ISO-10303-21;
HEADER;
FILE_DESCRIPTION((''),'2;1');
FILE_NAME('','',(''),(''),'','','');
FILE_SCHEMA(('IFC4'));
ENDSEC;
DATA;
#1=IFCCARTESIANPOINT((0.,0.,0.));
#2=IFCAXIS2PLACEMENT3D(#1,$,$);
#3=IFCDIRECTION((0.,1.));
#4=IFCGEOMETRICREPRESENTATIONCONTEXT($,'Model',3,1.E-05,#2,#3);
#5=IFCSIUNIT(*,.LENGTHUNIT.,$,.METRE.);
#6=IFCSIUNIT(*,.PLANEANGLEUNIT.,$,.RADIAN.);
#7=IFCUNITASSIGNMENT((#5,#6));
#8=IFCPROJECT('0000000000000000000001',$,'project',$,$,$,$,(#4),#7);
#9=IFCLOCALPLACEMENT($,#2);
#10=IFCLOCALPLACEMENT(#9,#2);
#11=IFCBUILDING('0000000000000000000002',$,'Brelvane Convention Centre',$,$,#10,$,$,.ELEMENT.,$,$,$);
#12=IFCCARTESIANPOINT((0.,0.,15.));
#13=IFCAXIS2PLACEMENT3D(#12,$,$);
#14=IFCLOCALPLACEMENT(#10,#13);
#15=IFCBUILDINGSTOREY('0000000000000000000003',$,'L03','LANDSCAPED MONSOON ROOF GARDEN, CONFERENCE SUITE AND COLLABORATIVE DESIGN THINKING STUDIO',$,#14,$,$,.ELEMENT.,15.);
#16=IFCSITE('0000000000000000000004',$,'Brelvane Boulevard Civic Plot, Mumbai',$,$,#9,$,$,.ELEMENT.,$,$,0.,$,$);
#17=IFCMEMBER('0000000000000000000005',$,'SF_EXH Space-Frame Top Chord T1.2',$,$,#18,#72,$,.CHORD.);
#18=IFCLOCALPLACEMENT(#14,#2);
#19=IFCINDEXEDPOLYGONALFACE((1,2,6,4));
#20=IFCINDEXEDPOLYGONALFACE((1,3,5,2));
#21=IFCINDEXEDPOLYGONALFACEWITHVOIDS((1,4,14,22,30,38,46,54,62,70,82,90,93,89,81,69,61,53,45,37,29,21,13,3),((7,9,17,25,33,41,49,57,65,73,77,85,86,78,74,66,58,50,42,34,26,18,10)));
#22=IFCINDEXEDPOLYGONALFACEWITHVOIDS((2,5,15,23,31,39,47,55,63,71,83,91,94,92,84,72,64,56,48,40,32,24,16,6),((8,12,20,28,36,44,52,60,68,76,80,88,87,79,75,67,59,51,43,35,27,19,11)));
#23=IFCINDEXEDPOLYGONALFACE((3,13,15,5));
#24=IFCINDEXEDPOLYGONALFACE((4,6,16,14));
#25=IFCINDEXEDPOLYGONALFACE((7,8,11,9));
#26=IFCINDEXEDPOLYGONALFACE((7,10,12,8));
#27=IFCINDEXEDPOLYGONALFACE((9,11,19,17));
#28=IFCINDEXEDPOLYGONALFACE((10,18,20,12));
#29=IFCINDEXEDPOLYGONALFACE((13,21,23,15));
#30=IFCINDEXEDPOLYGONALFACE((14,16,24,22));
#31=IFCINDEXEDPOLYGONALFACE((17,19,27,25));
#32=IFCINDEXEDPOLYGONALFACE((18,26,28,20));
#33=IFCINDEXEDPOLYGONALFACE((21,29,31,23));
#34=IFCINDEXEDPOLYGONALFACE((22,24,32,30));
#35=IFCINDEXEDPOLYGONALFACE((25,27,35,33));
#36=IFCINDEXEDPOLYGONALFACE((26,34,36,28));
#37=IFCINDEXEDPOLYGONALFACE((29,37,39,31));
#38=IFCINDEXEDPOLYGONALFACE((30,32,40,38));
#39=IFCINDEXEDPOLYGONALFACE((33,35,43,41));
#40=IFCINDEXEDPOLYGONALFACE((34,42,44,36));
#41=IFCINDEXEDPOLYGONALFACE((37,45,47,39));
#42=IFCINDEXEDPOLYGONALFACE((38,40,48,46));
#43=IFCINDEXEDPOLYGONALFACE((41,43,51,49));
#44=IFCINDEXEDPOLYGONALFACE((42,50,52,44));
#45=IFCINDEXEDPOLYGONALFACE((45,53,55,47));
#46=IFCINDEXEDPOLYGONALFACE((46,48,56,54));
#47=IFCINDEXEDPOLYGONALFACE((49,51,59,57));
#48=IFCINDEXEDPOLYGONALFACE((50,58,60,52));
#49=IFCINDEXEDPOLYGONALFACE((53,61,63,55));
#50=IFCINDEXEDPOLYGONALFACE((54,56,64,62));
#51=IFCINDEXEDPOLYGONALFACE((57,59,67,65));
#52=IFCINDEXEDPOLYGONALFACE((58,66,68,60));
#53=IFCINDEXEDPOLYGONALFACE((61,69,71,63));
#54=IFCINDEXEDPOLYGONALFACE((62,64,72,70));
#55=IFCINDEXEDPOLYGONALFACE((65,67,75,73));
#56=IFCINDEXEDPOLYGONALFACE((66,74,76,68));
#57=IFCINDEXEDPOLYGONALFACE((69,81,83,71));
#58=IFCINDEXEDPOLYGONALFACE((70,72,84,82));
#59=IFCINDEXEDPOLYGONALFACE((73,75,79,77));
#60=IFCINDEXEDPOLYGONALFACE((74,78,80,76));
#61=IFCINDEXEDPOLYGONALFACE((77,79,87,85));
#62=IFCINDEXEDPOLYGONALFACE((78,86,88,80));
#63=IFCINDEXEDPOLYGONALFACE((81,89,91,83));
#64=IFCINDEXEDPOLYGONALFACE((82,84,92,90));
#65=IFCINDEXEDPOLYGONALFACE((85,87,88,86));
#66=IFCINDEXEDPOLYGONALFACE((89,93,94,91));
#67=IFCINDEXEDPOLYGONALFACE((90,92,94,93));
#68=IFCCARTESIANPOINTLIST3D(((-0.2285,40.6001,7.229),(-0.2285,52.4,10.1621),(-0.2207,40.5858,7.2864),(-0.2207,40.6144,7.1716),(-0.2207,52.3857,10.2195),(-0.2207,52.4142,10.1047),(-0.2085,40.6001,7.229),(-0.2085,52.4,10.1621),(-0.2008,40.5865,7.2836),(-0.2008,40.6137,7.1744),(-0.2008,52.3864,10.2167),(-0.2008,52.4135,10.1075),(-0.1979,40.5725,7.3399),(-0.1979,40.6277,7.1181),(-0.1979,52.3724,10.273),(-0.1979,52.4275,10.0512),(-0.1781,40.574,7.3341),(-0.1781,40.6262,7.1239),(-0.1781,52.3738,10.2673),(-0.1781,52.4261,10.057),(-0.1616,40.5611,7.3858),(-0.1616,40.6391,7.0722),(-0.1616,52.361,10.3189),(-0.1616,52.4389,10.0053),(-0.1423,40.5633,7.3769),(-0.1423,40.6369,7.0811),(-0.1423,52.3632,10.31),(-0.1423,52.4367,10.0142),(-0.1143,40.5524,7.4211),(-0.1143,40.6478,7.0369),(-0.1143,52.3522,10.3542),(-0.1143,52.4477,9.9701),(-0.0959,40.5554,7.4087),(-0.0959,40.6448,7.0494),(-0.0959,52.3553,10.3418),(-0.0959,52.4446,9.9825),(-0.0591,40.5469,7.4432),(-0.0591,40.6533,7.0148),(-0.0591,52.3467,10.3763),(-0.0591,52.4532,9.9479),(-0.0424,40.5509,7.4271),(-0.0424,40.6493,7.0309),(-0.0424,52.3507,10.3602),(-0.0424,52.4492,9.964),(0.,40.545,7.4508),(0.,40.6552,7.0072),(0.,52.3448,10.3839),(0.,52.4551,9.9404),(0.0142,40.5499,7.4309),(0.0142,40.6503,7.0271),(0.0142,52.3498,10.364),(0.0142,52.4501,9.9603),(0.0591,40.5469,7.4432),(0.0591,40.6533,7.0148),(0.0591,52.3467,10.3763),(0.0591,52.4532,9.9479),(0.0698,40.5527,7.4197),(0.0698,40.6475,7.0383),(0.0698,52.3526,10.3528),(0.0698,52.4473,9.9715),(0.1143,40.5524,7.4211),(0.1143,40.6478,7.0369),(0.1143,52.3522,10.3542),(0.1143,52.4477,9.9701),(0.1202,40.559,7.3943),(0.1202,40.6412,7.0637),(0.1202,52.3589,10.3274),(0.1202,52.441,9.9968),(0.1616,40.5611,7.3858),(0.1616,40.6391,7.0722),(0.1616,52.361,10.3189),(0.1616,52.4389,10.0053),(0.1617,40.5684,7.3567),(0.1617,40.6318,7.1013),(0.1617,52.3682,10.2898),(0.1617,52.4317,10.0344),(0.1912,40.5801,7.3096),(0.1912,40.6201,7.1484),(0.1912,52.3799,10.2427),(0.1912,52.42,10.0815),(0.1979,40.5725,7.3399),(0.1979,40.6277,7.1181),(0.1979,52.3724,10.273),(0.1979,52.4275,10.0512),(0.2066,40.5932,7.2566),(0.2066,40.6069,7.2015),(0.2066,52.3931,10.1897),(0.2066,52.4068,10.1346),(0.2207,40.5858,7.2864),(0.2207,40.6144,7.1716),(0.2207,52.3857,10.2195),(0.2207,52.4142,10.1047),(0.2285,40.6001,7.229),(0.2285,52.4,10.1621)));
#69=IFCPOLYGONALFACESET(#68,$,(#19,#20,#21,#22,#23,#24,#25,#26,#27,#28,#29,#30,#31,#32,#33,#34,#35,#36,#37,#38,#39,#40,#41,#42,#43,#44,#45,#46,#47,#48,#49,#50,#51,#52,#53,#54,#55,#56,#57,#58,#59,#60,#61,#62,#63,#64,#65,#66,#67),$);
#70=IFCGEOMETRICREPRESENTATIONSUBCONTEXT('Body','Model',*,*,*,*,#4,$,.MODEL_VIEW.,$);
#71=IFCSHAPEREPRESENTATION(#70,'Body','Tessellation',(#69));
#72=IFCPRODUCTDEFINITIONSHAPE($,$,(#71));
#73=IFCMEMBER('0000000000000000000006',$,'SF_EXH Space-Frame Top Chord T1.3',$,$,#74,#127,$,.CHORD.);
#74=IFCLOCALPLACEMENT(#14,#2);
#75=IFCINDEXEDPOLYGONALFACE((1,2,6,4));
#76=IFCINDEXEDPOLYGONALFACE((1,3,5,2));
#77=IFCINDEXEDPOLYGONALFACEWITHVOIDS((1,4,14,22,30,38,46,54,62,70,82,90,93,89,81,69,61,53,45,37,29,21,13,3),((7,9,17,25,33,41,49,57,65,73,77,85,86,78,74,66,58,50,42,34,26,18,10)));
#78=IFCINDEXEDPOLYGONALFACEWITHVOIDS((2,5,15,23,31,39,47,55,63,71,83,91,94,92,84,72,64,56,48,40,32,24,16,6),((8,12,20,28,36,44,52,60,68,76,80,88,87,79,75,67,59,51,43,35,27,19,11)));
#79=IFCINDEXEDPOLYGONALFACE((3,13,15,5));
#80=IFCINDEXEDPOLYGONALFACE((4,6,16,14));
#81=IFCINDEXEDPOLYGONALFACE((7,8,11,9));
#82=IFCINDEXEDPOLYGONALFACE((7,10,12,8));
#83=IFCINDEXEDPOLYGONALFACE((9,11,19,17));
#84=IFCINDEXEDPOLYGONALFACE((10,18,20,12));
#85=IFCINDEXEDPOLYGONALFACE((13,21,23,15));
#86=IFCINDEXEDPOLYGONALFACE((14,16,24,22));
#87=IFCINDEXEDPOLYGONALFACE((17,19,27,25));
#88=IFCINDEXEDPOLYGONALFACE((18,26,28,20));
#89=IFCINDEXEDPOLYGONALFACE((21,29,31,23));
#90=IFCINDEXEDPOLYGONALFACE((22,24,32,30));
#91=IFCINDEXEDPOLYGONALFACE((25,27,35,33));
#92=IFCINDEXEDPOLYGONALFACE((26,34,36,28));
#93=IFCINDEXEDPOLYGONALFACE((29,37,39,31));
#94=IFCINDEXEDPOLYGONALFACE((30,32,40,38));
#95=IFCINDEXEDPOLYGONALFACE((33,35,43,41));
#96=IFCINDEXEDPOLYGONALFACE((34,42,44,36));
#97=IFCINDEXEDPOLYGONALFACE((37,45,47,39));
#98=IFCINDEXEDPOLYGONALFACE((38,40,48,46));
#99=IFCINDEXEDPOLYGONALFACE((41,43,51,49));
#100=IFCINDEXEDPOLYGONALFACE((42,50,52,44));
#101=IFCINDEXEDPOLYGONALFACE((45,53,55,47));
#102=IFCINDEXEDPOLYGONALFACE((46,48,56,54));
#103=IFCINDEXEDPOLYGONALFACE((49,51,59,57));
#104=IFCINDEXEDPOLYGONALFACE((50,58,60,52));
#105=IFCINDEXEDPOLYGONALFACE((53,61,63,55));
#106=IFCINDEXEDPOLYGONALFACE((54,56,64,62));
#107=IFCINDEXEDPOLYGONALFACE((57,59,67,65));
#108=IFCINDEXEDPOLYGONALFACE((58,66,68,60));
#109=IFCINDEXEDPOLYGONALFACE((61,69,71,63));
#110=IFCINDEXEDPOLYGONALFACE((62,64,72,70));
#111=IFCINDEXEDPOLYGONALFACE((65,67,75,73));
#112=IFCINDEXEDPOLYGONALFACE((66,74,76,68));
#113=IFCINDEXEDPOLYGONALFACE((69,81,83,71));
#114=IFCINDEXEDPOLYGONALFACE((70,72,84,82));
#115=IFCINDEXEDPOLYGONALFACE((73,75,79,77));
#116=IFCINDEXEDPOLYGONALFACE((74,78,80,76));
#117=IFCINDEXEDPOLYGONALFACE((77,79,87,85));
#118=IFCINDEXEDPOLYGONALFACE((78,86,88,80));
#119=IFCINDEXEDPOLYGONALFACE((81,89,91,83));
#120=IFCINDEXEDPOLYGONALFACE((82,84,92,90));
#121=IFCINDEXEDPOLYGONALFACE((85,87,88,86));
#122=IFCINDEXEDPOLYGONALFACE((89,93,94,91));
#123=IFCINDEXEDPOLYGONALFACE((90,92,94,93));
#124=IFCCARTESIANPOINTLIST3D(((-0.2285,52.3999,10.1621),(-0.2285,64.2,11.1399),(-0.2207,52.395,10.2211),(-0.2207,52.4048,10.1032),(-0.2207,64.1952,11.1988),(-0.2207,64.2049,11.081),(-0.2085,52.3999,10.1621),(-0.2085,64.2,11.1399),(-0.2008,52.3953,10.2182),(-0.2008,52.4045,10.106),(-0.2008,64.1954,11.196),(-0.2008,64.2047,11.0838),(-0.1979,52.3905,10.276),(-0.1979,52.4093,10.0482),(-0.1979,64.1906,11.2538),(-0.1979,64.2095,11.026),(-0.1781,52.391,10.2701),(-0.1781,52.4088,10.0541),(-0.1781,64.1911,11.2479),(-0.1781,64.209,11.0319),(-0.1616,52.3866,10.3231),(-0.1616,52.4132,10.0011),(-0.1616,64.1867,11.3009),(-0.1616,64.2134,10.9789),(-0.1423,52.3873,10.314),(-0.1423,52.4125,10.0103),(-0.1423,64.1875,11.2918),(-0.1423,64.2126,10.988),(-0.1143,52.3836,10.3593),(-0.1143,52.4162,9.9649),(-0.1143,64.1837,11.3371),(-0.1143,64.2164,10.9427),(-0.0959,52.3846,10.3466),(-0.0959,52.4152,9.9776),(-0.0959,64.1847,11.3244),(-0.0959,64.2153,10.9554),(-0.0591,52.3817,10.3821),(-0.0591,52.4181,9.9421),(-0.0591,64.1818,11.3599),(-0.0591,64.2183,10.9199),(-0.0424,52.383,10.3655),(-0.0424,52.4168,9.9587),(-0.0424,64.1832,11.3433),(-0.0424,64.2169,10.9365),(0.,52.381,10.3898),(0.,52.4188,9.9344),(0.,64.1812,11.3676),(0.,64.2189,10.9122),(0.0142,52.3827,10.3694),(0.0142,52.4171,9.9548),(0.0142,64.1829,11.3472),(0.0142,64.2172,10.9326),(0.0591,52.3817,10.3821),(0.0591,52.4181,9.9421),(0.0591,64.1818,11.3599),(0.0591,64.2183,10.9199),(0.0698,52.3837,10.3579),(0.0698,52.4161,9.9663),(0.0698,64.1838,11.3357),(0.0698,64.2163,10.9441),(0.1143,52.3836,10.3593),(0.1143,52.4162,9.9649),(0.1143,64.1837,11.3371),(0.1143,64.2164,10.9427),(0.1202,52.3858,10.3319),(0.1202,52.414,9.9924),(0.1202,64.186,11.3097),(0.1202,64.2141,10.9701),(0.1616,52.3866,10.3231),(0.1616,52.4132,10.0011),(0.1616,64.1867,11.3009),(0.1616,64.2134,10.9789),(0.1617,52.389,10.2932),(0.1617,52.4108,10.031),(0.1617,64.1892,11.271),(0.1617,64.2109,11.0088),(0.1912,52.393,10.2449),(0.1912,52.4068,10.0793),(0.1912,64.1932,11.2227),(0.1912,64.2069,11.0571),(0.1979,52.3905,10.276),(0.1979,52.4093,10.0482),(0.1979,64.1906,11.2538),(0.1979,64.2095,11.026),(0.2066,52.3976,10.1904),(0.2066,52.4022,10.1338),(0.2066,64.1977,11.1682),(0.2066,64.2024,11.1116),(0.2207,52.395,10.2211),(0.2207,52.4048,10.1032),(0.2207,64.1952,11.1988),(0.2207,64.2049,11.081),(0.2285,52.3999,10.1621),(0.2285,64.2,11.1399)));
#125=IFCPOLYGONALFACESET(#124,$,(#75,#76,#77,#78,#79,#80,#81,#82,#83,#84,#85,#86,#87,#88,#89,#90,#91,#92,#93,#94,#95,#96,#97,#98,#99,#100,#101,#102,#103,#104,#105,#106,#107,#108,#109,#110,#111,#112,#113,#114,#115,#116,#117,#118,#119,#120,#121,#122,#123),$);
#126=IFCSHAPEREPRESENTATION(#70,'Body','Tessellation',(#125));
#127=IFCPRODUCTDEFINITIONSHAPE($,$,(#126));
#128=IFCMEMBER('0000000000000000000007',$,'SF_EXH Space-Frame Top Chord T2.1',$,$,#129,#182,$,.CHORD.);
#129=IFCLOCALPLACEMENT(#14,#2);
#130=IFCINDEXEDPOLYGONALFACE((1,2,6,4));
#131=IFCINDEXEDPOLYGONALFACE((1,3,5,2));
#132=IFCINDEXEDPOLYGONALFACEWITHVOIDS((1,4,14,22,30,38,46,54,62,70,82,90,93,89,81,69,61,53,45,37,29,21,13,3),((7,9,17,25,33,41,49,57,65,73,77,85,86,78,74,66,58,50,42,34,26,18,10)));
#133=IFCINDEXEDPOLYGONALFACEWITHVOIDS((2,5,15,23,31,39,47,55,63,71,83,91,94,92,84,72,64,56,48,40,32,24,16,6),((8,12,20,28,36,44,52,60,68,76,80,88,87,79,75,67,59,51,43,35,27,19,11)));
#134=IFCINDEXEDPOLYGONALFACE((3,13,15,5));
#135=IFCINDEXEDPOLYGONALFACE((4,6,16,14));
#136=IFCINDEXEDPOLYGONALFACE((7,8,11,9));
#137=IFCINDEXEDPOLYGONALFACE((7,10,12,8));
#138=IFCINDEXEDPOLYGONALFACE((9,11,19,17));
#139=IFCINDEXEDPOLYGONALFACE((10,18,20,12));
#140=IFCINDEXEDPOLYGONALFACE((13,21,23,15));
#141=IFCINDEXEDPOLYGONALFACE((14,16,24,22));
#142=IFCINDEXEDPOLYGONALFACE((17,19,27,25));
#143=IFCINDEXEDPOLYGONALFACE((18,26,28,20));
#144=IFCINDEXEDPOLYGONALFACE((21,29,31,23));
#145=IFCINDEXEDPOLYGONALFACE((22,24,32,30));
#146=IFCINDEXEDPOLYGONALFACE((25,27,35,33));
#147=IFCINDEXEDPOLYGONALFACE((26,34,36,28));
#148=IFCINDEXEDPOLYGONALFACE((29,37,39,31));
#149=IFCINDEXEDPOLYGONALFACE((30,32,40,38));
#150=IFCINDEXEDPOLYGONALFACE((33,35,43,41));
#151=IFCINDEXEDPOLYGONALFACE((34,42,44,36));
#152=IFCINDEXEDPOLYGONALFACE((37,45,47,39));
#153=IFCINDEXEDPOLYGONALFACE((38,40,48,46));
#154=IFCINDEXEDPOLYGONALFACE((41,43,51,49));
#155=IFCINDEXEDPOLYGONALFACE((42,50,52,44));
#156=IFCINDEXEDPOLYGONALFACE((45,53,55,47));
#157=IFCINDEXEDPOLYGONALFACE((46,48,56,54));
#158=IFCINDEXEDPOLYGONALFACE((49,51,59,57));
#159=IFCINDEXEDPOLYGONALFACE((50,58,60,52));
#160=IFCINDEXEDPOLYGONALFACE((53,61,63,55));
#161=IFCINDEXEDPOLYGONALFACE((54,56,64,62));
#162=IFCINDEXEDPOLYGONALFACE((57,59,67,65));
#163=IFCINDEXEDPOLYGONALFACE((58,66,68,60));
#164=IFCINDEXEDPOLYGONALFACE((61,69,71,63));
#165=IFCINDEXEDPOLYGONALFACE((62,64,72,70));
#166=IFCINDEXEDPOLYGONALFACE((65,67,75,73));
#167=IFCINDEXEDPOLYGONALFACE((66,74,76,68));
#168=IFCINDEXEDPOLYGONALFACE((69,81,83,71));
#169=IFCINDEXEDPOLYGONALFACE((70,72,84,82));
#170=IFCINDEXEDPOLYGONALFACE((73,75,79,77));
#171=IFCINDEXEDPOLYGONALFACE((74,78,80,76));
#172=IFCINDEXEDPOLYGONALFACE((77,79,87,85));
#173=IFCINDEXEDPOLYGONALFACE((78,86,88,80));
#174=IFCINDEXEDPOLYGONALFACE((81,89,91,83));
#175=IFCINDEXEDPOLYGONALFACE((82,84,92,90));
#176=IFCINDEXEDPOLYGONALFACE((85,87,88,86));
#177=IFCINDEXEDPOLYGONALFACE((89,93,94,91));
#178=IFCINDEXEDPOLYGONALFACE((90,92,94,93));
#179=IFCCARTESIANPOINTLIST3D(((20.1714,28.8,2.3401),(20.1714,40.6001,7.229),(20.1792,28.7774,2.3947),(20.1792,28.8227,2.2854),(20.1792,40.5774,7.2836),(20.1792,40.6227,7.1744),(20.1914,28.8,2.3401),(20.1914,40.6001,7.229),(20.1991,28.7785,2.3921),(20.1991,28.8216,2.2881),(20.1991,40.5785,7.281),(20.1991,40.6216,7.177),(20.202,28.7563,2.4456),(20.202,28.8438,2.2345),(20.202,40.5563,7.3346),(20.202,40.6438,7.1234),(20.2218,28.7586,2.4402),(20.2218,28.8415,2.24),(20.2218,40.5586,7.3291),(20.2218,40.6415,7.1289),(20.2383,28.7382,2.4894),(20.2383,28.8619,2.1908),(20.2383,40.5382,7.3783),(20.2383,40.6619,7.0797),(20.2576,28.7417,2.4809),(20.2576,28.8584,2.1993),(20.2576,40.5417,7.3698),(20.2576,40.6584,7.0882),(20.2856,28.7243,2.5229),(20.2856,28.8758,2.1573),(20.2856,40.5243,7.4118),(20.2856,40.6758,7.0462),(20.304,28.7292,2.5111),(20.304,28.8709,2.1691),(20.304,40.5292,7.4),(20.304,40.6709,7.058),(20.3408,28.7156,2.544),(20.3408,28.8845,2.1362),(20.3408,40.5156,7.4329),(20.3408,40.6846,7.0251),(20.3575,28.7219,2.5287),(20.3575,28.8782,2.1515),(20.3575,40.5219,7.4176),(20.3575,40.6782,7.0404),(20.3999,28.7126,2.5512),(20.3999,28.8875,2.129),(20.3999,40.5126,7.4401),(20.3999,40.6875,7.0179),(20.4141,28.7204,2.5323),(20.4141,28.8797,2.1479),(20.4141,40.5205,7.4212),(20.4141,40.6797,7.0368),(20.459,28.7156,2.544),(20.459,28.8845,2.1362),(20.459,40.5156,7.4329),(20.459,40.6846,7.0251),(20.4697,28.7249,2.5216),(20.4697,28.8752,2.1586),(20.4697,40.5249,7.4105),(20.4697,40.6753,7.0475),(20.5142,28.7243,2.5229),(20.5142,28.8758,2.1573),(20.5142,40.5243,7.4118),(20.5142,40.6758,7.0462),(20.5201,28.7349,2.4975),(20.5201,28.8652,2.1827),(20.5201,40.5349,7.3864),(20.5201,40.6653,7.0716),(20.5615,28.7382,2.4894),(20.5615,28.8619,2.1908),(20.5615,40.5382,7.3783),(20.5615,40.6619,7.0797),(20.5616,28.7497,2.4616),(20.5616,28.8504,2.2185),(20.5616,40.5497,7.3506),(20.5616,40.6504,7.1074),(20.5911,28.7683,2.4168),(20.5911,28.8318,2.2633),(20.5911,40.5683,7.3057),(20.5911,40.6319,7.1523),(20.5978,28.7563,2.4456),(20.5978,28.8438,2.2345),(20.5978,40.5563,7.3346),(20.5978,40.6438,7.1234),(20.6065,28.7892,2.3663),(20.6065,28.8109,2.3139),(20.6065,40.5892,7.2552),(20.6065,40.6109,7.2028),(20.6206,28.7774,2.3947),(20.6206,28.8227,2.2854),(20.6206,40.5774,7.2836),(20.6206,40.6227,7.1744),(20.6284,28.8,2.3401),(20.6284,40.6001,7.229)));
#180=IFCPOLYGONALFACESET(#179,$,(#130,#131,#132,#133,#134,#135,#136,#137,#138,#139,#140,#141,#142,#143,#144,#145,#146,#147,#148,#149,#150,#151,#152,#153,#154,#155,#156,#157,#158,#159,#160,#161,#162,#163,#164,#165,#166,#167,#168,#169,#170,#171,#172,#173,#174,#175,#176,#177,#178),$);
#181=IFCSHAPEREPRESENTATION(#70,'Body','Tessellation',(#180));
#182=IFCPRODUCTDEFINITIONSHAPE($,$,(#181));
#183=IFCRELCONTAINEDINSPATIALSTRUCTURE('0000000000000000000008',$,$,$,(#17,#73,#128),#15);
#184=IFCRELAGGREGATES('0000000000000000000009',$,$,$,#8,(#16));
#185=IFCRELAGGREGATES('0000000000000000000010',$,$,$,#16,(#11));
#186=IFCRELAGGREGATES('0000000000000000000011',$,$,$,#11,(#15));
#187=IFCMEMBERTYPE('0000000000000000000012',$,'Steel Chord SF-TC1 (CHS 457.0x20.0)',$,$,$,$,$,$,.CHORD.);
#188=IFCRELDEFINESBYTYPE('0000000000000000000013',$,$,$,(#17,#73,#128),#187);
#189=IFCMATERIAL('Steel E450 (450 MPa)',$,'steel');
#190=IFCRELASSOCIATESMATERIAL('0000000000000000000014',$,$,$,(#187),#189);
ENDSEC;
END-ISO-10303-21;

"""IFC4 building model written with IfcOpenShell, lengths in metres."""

from ifc_helpers import new_model, si_unit, direction, frame, origin, origin_2d, place, context, subcontext, project, spatial, hollow_circle, extrude, material, material_profile, profile_set, type_object, element, save


model = new_model("IFC4")

# Units and contexts
model_context = context("Model", 3, precision=1e-05, world=origin(), true_north=direction((0.0, 1.0)))
body_context = subcontext(model_context, "Body", "Model", "MODEL_VIEW")
ifc_project = project(units=[si_unit("LENGTHUNIT", "METRE"), si_unit("PLANEANGLEUNIT", "RADIAN")], contexts=[model_context])

# Site, building, storey
site_placement = place(None, origin())
site = spatial("IfcSite", under=ifc_project, at=site_placement, Name="Brelvane Boulevard Civic Plot, Mumbai", CompositionType="ELEMENT", RefElevation=0.0)
building_placement = place(site_placement, origin())
building = spatial("IfcBuilding", under=site, at=building_placement, Name="Brelvane Convention Centre", CompositionType="ELEMENT")
storey_placement = place(building_placement, frame((0.0, 0.0, 15.0)))
storey = spatial("IfcBuildingStorey", under=building, at=storey_placement, Name="L03", Description="LANDSCAPED MONSOON ROOF GARDEN, CONFERENCE SUITE AND COLLABORATIVE DESIGN THINKING STUDIO", CompositionType="ELEMENT", Elevation=15.0)

# Members
ifc_material_1 = material(Name="Steel E450 (450 MPa)", Category="steel")
ifc_material_profile_1 = material_profile(ifc_material_1, hollow_circle(Radius=0.2285, WallThickness=0.02, at=origin_2d()), Name="CHS 457.0x20.0")
ifc_profile_set_1 = profile_set([ifc_material_profile_1], Name="Steel E450 (450 MPa)")
member_type_1 = type_object("IfcMemberType", Name="Steel Chord SF-TC1 (CHS 457.0x20.0)", PredefinedType="CHORD", material=ifc_profile_set_1)
member_1_placement = place(storey_placement, frame((0.0, 40.6001, 7.229), z_axis=(0.0, 0.970468, 0.241231), x_axis=(-1.0, 0.0, 0.0)))
element("IfcMember", 1, at=member_1_placement, inside=storey, type_object=member_type_1, Name="SF_EXH Space-Frame Top Chord T1.2", PredefinedType="CHORD", context=body_context, shape_type="SweptSolid", body=[
    extrude(hollow_circle(Radius=0.2285, WallThickness=0.02, at=origin_2d()), origin(), (0.0, 0.0, 1.0), 12.1589),
])
member_2_placement = place(storey_placement, frame((0.0, 52.3999, 10.1621), z_axis=(0.0, 0.996584, 0.08258), x_axis=(-1.0, 0.0, 0.0)))
element("IfcMember", 2, at=member_2_placement, inside=storey, type_object=member_type_1, Name="SF_EXH Space-Frame Top Chord T1.3", PredefinedType="CHORD", context=body_context, shape_type="SweptSolid", body=[
    extrude(hollow_circle(Radius=0.2285, WallThickness=0.02, at=origin_2d()), origin(), (0.0, 0.0, 1.0), 11.8406),
])
member_3_placement = place(storey_placement, frame((20.3999, 28.8, 2.3401), z_axis=(0.0, 0.923847, 0.382762), x_axis=(-1.0, 0.0, 0.0)))
element("IfcMember", 3, at=member_3_placement, inside=storey, type_object=member_type_1, Name="SF_EXH Space-Frame Top Chord T2.1", PredefinedType="CHORD", context=body_context, shape_type="SweptSolid", body=[
    extrude(hollow_circle(Radius=0.2285, WallThickness=0.02, at=origin_2d()), origin(), (0.0, 0.0, 1.0), 12.7727),
])

save(model, "model.ifc")
